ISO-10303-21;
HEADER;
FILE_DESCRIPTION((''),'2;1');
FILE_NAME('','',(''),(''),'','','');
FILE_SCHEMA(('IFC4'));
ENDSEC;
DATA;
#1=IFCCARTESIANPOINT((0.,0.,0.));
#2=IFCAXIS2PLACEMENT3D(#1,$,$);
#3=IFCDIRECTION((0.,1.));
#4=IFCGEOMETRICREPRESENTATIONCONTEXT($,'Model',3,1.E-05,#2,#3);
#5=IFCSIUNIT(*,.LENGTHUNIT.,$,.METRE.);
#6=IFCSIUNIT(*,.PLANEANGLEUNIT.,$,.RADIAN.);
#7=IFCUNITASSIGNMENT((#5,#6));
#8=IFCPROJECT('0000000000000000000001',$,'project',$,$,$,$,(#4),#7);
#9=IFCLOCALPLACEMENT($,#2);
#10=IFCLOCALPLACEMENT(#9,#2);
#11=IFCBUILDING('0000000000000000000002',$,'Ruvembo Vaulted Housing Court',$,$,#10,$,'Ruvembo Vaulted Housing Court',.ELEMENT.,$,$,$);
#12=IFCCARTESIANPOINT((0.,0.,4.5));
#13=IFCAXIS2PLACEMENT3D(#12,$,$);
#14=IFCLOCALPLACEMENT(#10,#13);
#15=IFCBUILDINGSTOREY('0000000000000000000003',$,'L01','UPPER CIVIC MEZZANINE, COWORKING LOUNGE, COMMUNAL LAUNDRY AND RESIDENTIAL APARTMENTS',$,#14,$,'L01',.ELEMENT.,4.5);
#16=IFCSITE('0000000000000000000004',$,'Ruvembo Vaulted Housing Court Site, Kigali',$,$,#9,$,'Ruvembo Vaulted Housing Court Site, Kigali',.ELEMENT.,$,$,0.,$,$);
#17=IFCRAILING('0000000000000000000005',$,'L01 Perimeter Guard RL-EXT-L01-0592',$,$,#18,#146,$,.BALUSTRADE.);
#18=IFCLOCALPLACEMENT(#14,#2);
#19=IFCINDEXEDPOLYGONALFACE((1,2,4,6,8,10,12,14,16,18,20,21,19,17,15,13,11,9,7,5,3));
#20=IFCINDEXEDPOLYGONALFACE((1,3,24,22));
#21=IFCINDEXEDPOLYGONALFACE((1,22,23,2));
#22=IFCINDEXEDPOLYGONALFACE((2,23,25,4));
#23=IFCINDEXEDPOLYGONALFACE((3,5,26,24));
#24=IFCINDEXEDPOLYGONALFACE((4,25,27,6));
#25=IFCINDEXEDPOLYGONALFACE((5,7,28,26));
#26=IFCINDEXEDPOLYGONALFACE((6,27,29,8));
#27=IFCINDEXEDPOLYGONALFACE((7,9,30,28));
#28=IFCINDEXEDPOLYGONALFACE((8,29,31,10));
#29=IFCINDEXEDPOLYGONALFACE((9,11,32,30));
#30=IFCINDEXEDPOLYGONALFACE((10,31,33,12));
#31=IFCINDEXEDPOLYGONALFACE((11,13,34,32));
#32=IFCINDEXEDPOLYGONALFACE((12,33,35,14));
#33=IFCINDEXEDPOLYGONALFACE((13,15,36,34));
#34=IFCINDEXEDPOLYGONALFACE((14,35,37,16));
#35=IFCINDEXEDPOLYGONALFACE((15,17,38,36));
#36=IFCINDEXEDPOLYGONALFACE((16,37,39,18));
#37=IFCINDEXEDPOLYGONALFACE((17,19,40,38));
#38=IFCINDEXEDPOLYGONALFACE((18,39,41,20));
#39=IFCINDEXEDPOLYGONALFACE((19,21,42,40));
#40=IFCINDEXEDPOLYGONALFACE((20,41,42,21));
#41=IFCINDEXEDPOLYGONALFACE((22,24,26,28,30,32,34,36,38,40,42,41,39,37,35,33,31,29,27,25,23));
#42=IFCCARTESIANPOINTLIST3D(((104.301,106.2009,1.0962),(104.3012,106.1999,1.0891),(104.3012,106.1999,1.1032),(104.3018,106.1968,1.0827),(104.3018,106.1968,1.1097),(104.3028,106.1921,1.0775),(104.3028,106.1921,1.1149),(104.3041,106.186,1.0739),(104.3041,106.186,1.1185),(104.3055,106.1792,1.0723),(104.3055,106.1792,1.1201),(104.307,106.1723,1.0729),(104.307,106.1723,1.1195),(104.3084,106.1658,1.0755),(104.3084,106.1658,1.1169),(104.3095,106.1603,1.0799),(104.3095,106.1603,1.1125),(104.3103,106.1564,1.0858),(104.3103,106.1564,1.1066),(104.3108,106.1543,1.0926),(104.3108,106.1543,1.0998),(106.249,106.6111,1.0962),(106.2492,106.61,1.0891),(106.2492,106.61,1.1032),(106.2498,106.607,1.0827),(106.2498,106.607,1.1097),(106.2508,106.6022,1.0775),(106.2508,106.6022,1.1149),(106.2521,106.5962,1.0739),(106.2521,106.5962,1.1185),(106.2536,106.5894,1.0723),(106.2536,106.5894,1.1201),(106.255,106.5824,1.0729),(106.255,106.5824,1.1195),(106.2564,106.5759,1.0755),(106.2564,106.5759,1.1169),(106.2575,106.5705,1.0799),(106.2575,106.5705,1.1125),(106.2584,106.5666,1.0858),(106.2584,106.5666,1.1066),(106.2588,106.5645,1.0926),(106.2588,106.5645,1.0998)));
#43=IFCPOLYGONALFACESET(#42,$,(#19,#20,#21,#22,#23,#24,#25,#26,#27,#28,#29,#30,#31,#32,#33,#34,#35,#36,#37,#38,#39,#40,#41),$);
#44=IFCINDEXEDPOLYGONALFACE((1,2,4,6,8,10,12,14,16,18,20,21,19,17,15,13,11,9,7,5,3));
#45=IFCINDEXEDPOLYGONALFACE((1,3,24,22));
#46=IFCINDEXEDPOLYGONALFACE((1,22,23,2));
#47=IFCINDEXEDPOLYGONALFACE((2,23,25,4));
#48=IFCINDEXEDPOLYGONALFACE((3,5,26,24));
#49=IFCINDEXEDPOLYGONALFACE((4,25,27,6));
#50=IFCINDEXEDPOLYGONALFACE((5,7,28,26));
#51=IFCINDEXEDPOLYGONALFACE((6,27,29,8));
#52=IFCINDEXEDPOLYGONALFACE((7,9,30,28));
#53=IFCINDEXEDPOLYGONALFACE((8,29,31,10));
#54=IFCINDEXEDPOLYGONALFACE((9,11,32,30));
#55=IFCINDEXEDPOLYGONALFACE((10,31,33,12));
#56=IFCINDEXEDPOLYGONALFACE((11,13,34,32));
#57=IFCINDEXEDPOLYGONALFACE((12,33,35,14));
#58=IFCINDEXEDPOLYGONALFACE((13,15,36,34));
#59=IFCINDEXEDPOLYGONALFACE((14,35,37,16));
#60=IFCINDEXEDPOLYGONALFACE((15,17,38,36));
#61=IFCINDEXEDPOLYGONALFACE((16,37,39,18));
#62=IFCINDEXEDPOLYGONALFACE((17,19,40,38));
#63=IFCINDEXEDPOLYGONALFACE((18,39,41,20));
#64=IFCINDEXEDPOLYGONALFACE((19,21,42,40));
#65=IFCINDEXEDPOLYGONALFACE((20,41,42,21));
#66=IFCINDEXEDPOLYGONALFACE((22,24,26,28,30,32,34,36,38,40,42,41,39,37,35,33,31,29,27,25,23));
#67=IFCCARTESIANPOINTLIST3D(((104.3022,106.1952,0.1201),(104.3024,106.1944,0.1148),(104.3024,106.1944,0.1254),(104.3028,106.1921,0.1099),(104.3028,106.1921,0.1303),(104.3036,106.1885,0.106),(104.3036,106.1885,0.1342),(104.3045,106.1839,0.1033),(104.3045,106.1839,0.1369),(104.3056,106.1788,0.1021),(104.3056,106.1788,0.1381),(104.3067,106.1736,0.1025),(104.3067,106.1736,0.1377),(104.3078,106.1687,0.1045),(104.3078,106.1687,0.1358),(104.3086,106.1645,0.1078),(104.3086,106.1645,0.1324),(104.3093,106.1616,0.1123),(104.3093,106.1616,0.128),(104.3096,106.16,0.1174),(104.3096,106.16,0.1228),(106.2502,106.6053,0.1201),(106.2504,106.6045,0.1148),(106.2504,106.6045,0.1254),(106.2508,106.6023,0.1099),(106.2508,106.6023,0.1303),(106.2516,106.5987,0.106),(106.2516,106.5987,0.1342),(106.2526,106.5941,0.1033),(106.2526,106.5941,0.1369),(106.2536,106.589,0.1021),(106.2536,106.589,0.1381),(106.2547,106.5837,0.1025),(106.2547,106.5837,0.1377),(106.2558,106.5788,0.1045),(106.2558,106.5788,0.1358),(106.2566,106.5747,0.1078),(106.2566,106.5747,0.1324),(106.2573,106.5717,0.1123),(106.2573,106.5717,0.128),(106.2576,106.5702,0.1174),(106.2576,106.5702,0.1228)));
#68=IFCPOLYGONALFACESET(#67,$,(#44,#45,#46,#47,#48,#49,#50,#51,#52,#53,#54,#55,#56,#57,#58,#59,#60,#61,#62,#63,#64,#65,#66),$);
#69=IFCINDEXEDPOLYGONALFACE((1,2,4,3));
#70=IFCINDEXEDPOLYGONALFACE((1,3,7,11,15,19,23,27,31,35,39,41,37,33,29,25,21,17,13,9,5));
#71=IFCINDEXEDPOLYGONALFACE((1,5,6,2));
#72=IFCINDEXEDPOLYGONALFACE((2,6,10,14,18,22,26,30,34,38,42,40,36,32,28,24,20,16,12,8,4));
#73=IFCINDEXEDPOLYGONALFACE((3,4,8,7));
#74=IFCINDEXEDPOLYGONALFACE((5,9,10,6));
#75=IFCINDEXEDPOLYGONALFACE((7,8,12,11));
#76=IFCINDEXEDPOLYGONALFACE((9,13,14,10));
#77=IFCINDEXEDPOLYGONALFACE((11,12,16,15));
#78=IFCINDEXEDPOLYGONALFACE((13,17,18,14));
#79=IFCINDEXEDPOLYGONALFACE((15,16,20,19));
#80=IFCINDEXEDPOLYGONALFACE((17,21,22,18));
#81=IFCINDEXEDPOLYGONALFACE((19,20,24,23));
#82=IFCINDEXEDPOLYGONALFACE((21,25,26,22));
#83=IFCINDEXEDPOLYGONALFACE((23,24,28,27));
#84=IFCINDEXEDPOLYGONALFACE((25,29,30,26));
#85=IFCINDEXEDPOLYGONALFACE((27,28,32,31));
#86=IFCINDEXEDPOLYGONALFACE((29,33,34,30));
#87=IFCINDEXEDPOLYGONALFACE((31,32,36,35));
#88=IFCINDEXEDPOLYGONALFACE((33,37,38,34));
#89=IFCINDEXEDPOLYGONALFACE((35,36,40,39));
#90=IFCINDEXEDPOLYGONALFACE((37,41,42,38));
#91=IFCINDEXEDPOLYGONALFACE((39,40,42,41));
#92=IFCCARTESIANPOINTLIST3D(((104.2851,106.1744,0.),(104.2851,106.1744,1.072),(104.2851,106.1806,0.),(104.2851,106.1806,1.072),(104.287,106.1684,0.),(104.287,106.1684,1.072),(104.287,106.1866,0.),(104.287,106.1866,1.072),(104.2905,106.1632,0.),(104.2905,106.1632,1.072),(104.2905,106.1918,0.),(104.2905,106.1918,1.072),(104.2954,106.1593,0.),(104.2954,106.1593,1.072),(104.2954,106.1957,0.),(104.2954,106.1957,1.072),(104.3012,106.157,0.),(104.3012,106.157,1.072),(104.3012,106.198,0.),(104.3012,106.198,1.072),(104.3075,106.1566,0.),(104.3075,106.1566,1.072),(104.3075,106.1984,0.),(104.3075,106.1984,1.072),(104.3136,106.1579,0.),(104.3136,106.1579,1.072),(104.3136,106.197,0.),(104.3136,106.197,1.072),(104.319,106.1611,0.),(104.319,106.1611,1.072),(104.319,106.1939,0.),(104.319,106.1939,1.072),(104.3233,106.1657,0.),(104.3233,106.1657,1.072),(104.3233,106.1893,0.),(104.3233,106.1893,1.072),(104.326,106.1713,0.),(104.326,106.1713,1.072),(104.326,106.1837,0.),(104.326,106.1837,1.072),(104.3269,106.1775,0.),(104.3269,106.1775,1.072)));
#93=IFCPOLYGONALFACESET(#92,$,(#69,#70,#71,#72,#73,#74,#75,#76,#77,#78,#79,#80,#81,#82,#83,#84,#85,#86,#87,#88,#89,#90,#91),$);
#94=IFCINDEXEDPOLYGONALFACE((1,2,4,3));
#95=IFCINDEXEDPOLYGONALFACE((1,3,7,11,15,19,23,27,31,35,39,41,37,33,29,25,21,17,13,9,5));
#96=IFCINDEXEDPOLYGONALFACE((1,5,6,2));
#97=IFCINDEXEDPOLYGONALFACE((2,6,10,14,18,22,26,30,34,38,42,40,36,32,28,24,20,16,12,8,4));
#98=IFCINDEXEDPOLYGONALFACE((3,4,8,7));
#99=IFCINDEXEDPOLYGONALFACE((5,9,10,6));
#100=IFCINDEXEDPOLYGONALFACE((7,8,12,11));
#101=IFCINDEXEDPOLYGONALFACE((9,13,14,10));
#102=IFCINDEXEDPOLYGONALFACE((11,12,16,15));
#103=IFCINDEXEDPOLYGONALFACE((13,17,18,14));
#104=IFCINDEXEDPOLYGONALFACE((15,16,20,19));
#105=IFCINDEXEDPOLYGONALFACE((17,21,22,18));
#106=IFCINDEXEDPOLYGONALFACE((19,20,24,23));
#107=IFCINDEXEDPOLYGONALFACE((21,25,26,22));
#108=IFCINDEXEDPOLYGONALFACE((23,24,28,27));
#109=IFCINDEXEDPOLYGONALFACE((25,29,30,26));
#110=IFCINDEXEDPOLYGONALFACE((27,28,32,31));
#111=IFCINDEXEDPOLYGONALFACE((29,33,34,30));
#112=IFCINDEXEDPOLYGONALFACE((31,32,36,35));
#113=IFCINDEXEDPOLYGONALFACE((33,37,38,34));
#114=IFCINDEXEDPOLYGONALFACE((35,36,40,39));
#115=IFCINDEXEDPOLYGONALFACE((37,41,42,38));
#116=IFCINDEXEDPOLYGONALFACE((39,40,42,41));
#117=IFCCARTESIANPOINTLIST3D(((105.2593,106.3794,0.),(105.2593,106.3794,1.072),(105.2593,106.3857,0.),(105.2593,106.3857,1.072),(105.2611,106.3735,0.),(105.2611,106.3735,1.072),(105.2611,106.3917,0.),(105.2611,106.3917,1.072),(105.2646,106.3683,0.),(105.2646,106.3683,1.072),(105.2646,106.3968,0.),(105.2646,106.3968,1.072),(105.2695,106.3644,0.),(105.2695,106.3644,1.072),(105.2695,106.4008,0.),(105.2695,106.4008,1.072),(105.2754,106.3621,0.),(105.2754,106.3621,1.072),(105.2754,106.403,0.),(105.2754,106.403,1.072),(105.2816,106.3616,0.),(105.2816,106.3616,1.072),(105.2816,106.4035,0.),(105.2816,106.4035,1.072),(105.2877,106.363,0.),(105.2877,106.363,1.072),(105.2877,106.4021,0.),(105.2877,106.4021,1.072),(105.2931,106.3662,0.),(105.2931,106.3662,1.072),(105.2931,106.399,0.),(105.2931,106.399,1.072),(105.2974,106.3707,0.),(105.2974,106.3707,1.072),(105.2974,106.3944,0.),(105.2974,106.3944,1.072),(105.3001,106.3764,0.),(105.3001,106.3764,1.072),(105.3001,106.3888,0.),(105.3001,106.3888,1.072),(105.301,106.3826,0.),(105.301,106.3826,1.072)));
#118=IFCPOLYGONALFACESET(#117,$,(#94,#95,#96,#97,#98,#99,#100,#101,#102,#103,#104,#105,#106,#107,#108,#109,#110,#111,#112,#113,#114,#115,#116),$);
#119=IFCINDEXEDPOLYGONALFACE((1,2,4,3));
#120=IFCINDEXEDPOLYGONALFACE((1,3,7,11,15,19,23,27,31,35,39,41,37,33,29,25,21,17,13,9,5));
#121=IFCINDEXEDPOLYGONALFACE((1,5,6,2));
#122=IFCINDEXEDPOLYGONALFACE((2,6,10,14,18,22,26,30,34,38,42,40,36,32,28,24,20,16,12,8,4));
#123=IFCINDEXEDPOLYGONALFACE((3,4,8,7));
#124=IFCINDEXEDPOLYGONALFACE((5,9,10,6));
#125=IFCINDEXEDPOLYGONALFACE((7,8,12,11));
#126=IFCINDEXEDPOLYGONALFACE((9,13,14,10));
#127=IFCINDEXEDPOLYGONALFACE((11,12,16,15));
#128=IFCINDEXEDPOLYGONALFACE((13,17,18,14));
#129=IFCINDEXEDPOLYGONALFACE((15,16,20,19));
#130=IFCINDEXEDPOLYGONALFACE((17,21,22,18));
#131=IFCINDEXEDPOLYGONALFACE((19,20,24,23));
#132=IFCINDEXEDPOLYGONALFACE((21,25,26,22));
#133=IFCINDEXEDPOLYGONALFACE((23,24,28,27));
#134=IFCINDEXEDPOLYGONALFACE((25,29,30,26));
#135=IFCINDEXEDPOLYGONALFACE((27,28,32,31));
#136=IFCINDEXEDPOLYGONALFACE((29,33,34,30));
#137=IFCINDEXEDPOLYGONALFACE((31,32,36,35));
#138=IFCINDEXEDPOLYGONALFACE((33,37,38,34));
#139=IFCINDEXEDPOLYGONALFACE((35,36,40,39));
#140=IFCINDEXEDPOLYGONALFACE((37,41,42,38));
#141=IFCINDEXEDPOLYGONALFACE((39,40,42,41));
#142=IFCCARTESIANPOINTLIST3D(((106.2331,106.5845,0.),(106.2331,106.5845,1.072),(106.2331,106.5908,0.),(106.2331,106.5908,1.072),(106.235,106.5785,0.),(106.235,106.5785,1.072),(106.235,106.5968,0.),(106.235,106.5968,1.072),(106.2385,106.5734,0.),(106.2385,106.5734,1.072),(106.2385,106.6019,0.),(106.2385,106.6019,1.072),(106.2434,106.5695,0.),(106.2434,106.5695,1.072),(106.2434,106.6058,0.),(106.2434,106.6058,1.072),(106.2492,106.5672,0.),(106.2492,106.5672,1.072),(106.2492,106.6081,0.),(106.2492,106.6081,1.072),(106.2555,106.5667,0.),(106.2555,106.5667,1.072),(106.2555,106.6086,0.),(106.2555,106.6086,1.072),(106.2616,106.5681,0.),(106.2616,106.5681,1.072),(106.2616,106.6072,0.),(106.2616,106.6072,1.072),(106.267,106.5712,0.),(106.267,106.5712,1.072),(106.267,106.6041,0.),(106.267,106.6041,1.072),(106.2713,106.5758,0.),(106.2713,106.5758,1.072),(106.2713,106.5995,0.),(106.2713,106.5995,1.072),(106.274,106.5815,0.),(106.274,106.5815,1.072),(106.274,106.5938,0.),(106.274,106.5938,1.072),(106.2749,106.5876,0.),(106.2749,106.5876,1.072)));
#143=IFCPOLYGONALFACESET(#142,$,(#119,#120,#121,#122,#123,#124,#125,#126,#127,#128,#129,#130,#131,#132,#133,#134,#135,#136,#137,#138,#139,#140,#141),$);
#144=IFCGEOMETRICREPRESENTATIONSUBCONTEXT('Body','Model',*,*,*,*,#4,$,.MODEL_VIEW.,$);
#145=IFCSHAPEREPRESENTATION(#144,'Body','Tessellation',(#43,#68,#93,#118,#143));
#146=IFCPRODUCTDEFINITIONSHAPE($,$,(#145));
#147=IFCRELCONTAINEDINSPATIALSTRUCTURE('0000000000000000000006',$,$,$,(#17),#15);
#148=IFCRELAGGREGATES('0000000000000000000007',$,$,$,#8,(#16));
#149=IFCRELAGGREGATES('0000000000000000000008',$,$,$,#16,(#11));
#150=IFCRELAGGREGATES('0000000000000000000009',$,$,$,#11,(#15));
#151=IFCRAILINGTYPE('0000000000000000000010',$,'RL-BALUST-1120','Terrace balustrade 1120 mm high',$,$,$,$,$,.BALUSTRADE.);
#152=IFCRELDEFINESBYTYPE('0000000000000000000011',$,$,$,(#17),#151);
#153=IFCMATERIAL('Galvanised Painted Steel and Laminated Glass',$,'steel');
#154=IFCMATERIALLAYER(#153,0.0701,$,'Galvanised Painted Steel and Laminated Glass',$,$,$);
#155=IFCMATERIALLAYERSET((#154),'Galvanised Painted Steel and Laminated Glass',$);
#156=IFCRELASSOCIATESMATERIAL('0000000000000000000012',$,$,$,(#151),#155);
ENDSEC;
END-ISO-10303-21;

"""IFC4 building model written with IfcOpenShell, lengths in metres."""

from ifc_helpers import new_model, si_unit, direction, frame, origin, origin_2d, place, context, subcontext, project, spatial, circle, extrude, material, layer, layer_set, type_object, element, save


model = new_model("IFC4")

# Units and contexts
model_context = context("Model", 3, precision=1e-05, world=origin(), true_north=direction((0.0, 1.0)))
body_context = subcontext(model_context, "Body", "Model", "MODEL_VIEW")
ifc_project = project(units=[si_unit("LENGTHUNIT", "METRE"), si_unit("PLANEANGLEUNIT", "RADIAN")], contexts=[model_context])

# Site, building, storey
site_placement = place(None, origin())
site = spatial("IfcSite", under=ifc_project, at=site_placement, Name="Ruvembo Vaulted Housing Court Site, Kigali", LongName="Ruvembo Vaulted Housing Court Site, Kigali", CompositionType="ELEMENT", RefElevation=0.0)
building_placement = place(site_placement, origin())
building = spatial("IfcBuilding", under=site, at=building_placement, Name="Ruvembo Vaulted Housing Court", LongName="Ruvembo Vaulted Housing Court", CompositionType="ELEMENT")
storey_placement = place(building_placement, frame((0.0, 0.0, 4.5)))
storey = spatial("IfcBuildingStorey", under=building, at=storey_placement, Name="L01", Description="UPPER CIVIC MEZZANINE, COWORKING LOUNGE, COMMUNAL LAUNDRY AND RESIDENTIAL APARTMENTS", LongName="L01", CompositionType="ELEMENT", Elevation=4.5)

# Railing
ifc_material_1 = material(Name="Galvanised Painted Steel and Laminated Glass", Category="steel")
ifc_layer_1 = layer(ifc_material_1, 0.0701, Name="Galvanised Painted Steel and Laminated Glass")
ifc_layer_set_1 = layer_set([ifc_layer_1], Name="Galvanised Painted Steel and Laminated Glass")
railing_type = type_object("IfcRailingType", Name="RL-BALUST-1120", Description="Terrace balustrade 1120 mm high", PredefinedType="BALUSTRADE", material=ifc_layer_set_1)
railing_1_placement = place(storey_placement, frame((104.3059, 106.1775, 0.0)))
element("IfcRailing", 1, at=railing_1_placement, inside=storey, type_object=railing_type, Name="L01 Perimeter Guard RL-EXT-L01-0592", PredefinedType="BALUSTRADE", context=body_context, shape_type="SweptSolid", body=[
    extrude(circle(Radius=0.0239, at=origin_2d()), frame((0.0, 0.0, 1.0962), z_axis=(0.978545, 0.206035, 0.0), x_axis=(-0.206035, 0.978545, 0.0)), (0.0, 0.0, 1.0), 1.9907),
    extrude(circle(Radius=0.0181, at=origin_2d()), frame((0.0, 0.0, 0.1201), z_axis=(0.978545, 0.206035, 0.0), x_axis=(-0.206035, 0.978545, 0.0)), (0.0, 0.0, 1.0), 1.9907),
    extrude(circle(Radius=0.021, at=origin_2d()), origin(), (0.0, 0.0, 1.0), 1.072),
    extrude(circle(Radius=0.021, at=origin_2d()), frame((0.9741, 0.2051, 0.0)), (0.0, 0.0, 1.0), 1.072),
    extrude(circle(Radius=0.021, at=origin_2d()), frame((1.948, 0.4102, 0.0)), (0.0, 0.0, 1.0), 1.072),
])

save(model, "model.ifc")
